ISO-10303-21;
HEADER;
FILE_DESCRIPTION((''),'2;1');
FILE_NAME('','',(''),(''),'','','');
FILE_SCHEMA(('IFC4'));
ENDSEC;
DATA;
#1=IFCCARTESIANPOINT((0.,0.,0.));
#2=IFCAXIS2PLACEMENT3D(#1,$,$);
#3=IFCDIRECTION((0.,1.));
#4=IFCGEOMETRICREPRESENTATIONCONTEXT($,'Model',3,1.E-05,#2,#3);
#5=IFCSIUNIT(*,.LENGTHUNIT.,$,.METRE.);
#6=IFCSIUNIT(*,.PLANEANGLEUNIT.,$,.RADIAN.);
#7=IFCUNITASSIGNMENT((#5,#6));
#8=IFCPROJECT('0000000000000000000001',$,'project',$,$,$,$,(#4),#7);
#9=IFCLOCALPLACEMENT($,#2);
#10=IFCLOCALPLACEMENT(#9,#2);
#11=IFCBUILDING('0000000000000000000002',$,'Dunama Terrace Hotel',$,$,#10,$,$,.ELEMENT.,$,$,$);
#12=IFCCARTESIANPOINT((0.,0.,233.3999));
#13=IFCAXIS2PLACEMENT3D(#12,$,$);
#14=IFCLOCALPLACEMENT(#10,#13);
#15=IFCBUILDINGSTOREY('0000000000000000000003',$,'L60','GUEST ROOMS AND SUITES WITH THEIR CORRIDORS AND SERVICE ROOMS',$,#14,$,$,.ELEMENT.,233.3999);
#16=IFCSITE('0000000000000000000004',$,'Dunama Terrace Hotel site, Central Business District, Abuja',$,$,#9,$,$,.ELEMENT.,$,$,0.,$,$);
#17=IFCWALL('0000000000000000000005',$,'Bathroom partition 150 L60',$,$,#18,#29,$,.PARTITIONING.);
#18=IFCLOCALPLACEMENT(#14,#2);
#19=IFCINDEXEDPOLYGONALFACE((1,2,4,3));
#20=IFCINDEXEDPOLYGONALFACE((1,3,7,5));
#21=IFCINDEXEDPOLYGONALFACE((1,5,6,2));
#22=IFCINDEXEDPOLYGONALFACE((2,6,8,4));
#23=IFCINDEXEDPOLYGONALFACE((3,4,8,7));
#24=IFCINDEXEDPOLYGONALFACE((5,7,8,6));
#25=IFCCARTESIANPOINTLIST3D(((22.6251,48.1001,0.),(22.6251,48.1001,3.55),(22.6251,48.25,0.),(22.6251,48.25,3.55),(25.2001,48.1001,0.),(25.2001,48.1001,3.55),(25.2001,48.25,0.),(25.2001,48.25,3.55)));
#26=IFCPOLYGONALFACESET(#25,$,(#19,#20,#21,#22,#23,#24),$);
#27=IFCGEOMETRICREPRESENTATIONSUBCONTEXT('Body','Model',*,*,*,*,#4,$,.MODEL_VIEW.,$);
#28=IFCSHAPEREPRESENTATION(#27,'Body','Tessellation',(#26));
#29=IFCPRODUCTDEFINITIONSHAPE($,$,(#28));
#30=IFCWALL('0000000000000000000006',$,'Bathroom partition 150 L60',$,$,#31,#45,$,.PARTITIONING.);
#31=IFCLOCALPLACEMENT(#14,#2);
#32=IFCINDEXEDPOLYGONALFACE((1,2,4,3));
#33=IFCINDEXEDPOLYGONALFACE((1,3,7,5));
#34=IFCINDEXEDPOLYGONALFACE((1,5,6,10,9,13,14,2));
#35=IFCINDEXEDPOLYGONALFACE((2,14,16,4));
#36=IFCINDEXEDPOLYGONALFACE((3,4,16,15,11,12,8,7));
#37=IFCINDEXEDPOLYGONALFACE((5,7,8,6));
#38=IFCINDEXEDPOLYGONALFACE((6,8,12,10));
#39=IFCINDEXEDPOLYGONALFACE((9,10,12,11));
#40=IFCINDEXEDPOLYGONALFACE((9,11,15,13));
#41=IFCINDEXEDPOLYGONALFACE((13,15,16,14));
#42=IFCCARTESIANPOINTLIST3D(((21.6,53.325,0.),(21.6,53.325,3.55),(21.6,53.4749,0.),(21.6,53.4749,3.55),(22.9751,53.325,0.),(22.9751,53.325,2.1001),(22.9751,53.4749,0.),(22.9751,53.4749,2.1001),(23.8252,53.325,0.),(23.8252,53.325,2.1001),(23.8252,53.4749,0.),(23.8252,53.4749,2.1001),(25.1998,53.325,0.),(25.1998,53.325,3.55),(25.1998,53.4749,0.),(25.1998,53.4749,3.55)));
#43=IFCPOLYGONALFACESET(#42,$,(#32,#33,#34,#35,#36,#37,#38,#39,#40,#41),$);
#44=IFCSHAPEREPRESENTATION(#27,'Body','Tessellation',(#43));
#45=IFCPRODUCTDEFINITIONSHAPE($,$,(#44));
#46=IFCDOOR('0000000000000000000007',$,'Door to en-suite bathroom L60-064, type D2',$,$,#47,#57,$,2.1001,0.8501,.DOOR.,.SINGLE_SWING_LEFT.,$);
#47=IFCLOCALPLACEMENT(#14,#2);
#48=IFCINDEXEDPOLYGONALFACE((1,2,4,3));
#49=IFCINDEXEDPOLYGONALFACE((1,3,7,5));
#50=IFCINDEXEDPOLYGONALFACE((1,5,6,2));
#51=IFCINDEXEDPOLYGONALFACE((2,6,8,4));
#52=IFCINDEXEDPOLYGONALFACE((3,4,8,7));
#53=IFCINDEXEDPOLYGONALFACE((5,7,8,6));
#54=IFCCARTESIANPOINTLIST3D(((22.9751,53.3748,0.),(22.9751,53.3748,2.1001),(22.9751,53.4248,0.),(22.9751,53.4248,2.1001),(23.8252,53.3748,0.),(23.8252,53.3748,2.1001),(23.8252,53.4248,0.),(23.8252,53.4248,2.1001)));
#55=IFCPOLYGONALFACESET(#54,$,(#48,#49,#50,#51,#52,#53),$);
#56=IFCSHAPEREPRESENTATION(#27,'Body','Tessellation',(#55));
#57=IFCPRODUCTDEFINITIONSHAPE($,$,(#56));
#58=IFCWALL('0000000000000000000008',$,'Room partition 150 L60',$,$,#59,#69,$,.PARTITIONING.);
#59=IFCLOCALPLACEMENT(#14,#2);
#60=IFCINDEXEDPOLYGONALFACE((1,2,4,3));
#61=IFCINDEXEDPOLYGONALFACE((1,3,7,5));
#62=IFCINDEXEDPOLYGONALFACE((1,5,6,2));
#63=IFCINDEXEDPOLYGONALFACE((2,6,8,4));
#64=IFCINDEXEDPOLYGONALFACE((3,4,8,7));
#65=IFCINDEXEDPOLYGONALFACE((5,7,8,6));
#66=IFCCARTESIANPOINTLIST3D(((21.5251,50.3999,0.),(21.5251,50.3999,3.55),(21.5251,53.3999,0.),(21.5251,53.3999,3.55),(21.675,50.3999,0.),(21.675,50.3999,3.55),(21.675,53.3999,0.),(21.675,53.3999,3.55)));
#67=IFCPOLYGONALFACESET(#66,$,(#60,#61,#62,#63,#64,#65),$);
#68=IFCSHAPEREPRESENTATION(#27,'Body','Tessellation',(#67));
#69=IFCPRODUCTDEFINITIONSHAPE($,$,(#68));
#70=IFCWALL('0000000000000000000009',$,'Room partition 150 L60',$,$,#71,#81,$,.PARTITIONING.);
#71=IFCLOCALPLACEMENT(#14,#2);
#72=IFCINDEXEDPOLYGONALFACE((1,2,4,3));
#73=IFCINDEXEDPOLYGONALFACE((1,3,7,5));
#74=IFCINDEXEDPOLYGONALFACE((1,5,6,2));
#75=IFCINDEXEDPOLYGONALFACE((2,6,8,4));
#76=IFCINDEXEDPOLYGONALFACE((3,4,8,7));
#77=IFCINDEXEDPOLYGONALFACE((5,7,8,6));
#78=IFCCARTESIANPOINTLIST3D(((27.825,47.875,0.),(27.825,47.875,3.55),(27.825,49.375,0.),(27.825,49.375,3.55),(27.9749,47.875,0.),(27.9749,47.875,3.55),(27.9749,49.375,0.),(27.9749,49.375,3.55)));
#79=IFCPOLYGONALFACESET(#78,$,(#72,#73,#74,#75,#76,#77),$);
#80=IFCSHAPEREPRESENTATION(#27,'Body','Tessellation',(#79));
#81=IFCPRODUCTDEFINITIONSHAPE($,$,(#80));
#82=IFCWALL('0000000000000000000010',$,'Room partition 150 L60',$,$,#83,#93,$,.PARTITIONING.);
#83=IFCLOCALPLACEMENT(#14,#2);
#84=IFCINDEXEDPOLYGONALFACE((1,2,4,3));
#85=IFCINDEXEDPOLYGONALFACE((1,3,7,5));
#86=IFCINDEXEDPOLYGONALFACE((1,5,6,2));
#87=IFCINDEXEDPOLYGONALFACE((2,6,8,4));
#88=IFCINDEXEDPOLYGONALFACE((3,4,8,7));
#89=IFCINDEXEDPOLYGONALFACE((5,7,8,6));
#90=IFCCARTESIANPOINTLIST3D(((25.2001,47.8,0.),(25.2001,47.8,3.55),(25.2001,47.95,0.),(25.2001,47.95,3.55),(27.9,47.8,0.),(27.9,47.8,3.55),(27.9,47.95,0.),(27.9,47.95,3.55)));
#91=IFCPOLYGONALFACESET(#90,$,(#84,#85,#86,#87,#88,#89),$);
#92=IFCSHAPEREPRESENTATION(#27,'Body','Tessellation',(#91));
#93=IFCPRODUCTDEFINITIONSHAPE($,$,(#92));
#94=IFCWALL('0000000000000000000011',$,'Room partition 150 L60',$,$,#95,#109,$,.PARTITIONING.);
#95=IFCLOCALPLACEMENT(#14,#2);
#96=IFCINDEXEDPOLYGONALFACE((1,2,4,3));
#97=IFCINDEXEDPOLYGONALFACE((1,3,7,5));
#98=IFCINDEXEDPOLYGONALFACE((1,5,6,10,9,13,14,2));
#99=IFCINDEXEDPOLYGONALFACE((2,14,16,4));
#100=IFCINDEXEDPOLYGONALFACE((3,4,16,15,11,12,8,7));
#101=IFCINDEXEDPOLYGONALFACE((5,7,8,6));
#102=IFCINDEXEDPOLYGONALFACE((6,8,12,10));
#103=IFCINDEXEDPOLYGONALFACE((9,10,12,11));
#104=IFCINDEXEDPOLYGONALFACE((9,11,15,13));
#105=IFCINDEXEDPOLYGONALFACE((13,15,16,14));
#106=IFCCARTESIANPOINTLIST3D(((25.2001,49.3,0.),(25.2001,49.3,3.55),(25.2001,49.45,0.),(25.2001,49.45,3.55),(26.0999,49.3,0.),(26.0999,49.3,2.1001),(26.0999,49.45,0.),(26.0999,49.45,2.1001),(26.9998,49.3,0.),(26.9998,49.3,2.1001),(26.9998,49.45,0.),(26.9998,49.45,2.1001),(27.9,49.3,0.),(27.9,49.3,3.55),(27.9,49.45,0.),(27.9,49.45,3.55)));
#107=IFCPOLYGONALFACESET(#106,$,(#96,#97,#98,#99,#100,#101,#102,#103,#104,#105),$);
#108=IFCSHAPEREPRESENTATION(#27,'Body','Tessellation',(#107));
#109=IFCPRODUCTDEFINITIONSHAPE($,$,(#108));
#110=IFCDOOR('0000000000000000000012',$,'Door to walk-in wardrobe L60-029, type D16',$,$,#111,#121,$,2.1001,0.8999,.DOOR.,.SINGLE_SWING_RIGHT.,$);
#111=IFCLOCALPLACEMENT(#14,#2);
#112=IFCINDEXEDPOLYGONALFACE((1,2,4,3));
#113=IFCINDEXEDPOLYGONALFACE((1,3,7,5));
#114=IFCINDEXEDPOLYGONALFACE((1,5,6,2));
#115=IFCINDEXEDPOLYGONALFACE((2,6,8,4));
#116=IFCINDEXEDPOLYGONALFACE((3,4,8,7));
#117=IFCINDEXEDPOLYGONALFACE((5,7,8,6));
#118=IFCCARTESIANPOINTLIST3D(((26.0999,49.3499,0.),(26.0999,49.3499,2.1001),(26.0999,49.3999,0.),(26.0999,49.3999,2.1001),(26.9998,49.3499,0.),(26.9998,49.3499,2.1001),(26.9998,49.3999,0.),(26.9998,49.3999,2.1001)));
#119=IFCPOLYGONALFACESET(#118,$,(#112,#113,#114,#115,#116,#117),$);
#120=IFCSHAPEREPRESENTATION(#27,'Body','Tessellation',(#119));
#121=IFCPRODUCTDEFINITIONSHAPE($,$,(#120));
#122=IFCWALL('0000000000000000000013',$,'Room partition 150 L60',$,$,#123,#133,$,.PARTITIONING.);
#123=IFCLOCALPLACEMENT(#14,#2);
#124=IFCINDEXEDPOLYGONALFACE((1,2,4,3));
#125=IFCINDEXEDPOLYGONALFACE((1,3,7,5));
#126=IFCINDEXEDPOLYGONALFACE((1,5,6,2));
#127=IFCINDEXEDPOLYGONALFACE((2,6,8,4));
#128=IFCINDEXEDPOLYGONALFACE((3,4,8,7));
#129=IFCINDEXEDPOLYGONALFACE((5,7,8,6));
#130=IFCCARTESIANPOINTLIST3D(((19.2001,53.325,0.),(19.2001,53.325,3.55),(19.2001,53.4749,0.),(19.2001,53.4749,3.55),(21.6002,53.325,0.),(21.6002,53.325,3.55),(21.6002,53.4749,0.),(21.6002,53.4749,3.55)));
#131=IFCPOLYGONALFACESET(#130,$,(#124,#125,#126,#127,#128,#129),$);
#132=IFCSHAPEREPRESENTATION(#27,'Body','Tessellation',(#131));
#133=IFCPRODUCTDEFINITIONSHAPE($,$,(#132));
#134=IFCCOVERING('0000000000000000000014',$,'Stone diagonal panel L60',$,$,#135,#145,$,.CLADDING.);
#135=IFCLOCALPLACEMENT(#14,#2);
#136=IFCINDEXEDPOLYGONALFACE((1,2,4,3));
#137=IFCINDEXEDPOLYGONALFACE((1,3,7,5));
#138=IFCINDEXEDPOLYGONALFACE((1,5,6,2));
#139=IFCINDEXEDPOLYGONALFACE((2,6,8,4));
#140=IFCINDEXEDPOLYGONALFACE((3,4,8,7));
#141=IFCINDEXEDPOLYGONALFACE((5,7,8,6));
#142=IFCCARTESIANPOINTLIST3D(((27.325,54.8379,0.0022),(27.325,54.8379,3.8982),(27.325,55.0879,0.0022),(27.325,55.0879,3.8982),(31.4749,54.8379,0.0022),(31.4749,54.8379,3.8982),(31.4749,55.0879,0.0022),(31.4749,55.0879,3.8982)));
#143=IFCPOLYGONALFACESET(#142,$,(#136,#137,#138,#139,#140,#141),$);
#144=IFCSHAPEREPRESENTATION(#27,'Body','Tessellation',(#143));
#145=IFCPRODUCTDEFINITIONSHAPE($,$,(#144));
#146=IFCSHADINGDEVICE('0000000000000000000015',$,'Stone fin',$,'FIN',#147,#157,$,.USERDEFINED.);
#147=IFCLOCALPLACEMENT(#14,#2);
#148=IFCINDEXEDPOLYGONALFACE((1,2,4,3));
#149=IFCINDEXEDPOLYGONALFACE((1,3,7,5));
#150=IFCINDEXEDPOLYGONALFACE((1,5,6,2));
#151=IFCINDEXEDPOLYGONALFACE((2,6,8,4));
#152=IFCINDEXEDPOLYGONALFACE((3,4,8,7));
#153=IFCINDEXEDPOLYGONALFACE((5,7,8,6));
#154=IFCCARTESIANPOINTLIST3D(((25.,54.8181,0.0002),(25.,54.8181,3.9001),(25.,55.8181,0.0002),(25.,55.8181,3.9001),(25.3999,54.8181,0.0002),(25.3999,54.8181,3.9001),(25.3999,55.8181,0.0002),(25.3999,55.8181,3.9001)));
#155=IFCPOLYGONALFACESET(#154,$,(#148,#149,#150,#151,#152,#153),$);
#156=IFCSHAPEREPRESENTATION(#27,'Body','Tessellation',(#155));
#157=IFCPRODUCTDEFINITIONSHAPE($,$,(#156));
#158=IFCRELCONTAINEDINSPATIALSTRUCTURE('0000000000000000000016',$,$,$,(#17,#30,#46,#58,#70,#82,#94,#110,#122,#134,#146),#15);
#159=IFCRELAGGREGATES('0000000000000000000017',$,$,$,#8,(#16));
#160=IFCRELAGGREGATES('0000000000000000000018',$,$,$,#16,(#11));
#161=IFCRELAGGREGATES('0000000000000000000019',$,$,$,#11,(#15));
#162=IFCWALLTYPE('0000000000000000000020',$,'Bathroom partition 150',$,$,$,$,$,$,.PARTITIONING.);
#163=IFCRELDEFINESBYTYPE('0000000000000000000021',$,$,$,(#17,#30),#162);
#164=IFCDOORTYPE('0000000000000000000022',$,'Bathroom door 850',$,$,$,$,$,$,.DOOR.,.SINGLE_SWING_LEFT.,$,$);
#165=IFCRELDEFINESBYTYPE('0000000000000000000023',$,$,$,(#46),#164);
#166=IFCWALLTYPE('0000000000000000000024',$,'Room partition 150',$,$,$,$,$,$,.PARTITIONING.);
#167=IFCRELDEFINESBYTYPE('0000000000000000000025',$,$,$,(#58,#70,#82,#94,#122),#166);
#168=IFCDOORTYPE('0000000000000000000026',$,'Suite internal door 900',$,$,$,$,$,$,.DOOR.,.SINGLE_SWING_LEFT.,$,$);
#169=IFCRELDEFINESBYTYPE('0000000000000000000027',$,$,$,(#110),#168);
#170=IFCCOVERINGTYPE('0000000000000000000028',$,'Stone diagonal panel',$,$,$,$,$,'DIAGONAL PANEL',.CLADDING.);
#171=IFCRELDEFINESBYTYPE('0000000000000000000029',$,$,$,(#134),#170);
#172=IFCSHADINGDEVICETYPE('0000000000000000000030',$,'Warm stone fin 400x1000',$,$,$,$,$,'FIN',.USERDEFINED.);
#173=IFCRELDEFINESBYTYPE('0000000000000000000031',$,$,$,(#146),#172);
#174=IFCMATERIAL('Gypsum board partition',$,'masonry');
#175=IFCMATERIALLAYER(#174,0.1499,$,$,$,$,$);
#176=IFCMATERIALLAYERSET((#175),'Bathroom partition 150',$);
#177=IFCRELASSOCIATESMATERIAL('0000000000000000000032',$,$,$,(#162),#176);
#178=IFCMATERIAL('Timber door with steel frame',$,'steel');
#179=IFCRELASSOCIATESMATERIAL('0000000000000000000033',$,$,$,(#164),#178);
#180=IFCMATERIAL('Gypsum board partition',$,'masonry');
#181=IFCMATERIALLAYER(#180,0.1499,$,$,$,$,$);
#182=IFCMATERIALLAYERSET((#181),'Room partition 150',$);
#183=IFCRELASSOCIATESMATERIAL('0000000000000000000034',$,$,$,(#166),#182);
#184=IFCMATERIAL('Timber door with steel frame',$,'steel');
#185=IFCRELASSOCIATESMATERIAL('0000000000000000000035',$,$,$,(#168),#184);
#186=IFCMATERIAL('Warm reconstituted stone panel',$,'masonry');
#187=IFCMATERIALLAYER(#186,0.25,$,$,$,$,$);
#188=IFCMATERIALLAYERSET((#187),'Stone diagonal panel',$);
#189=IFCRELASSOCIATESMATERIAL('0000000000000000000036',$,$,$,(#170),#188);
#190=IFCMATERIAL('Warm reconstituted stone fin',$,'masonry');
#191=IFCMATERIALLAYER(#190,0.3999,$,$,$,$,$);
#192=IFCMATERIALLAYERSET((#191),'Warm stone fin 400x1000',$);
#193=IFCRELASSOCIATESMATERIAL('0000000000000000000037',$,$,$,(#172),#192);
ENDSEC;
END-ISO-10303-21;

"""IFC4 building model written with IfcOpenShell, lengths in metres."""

from ifc_helpers import new_model, si_unit, direction, frame, frame_2d, origin, origin_2d, place, context, subcontext, project, spatial, rectangle, extrude, material, layer, layer_set, type_object, element, fill, save


model = new_model("IFC4")

# Units and contexts
model_context = context("Model", 3, precision=1e-05, world=origin(), true_north=direction((0.0, 1.0)))
body_context = subcontext(model_context, "Body", "Model", "MODEL_VIEW")
ifc_project = project(units=[si_unit("LENGTHUNIT", "METRE"), si_unit("PLANEANGLEUNIT", "RADIAN")], contexts=[model_context])

# Site, building, storey
site_placement = place(None, origin())
site = spatial("IfcSite", under=ifc_project, at=site_placement, Name="Dunama Terrace Hotel site, Central Business District, Abuja", CompositionType="ELEMENT", RefElevation=0.0)
building_placement = place(site_placement, origin())
building = spatial("IfcBuilding", under=site, at=building_placement, Name="Dunama Terrace Hotel", CompositionType="ELEMENT")
storey_placement = place(building_placement, frame((0.0, 0.0, 233.3999)))
storey = spatial("IfcBuildingStorey", under=building, at=storey_placement, Name="L60", Description="GUEST ROOMS AND SUITES WITH THEIR CORRIDORS AND SERVICE ROOMS", CompositionType="ELEMENT", Elevation=233.3999)

# Wall
ifc_material_1 = material(Name="Gypsum board partition", Category="masonry")
ifc_layer_1 = layer(ifc_material_1, 0.1499)
ifc_layer_set_1 = layer_set([ifc_layer_1], Name="Bathroom partition 150")
wall_type_1 = type_object("IfcWallType", Name="Bathroom partition 150", PredefinedType="PARTITIONING", material=ifc_layer_set_1)
wall_1_placement = place(storey_placement, frame((22.625, 48.175, 0.0), z_axis=(0.0, 0.0, 1.0), x_axis=(1.0, 0.0, 0.0)))
element("IfcWall", 1, at=wall_1_placement, inside=storey, type_object=wall_type_1, Name="Bathroom partition 150 L60", PredefinedType="PARTITIONING", context=body_context, shape_type="SweptSolid", body=[
    extrude(rectangle(XDim=2.575, YDim=0.1499, at=frame_2d((1.2876, 0.0))), origin(), (0.0, 0.0, 1.0), 3.55),
])

# Wall, opening, door
wall_2_placement = place(storey_placement, frame((21.6001, 53.3999, 0.0), z_axis=(0.0, 0.0, 1.0), x_axis=(1.0, 0.0, 0.0)))
wall_2 = element("IfcWall", 2, at=wall_2_placement, inside=storey, type_object=wall_type_1, Name="Bathroom partition 150 L60", PredefinedType="PARTITIONING", context=body_context, shape_type="SweptSolid", body=[
    extrude(rectangle(XDim=3.5999, YDim=0.1499, at=frame_2d((1.7998, 0.0))), origin(), (0.0, 0.0, 1.0), 3.55),
])
opening_1_placement = place(wall_2_placement, frame((1.375, 0.0, 0.0)))
opening_1 = element("IfcOpeningElement", 3, at=opening_1_placement, cuts=wall_2, PredefinedType="OPENING", context=body_context, shape_type="SweptSolid", body=[
    extrude(rectangle(XDim=0.8501, YDim=2.1001, at=frame_2d((0.425, 1.05))), frame((0.0, 0.085, 0.0), z_axis=(0.0, -1.0, 0.0), x_axis=(1.0, 0.0, 0.0)), (0.0, 0.0, 1.0), 0.1699),
])
ifc_material_2 = material(Name="Timber door with steel frame", Category="steel")
door_type_1 = type_object("IfcDoorType", Name="Bathroom door 850", OperationType="SINGLE_SWING_LEFT", PredefinedType="DOOR", material=ifc_material_2)
door_1_placement = place(opening_1_placement, frame((0.8501, 0.0, 0.0), z_axis=(0.0, 0.0, 1.0), x_axis=(-1.0, 0.0, 0.0)))
door_1 = element("IfcDoor", 4, at=door_1_placement, inside=storey, type_object=door_type_1, Name="Door to en-suite bathroom L60-064, type D2", OperationType="SINGLE_SWING_LEFT", OverallHeight=2.1001, OverallWidth=0.8501, PredefinedType="DOOR", context=body_context, shape_type="SweptSolid", body=[
    extrude(rectangle(XDim=0.8501, YDim=2.1001, at=frame_2d((0.425, 1.05))), frame((0.0, 0.0251, 0.0), z_axis=(0.0, -1.0, 0.0), x_axis=(1.0, 0.0, 0.0)), (0.0, 0.0, 1.0), 0.05),
])
fill(opening_1, door_1)

# Walls
ifc_material_3 = material(Name="Gypsum board partition", Category="masonry")
ifc_layer_2 = layer(ifc_material_3, 0.1499)
ifc_layer_set_2 = layer_set([ifc_layer_2], Name="Room partition 150")
wall_type_2 = type_object("IfcWallType", Name="Room partition 150", PredefinedType="PARTITIONING", material=ifc_layer_set_2)
wall_3_placement = place(storey_placement, frame((21.6001, 50.3999, 0.0), z_axis=(0.0, 0.0, 1.0), x_axis=(0.0, 1.0, 0.0)))
element("IfcWall", 5, at=wall_3_placement, inside=storey, type_object=wall_type_2, Name="Room partition 150 L60", PredefinedType="PARTITIONING", context=body_context, shape_type="SweptSolid", body=[
    extrude(rectangle(XDim=3.0, YDim=0.1499, at=frame_2d((1.5, 0.0))), origin(), (0.0, 0.0, 1.0), 3.55),
])
wall_4_placement = place(storey_placement, frame((27.8999, 47.875, 0.0), z_axis=(0.0, 0.0, 1.0), x_axis=(0.0, 1.0, 0.0)))
element("IfcWall", 6, at=wall_4_placement, inside=storey, type_object=wall_type_2, Name="Room partition 150 L60", PredefinedType="PARTITIONING", context=body_context, shape_type="SweptSolid", body=[
    extrude(rectangle(XDim=1.5, YDim=0.1499, at=frame_2d((0.75, 0.0))), origin(), (0.0, 0.0, 1.0), 3.55),
])
wall_5_placement = place(storey_placement, frame((25.2, 47.875, 0.0), z_axis=(0.0, 0.0, 1.0), x_axis=(1.0, 0.0, 0.0)))
element("IfcWall", 7, at=wall_5_placement, inside=storey, type_object=wall_type_2, Name="Room partition 150 L60", PredefinedType="PARTITIONING", context=body_context, shape_type="SweptSolid", body=[
    extrude(rectangle(XDim=2.7, YDim=0.1499, at=frame_2d((1.3501, 0.0))), origin(), (0.0, 0.0, 1.0), 3.55),
])

# Wall, opening, door
wall_6_placement = place(storey_placement, frame((25.2, 49.375, 0.0), z_axis=(0.0, 0.0, 1.0), x_axis=(1.0, 0.0, 0.0)))
wall_6 = element("IfcWall", 8, at=wall_6_placement, inside=storey, type_object=wall_type_2, Name="Room partition 150 L60", PredefinedType="PARTITIONING", context=body_context, shape_type="SweptSolid", body=[
    extrude(rectangle(XDim=2.7, YDim=0.1499, at=frame_2d((1.3501, 0.0))), origin(), (0.0, 0.0, 1.0), 3.55),
])
opening_2_placement = place(wall_6_placement, frame((0.8999, 0.0, 0.0)))
opening_2 = element("IfcOpeningElement", 9, at=opening_2_placement, cuts=wall_6, PredefinedType="OPENING", context=body_context, shape_type="SweptSolid", body=[
    extrude(rectangle(XDim=0.8999, YDim=2.1001, at=frame_2d((0.45, 1.05))), frame((0.0, 0.085, 0.0), z_axis=(0.0, -1.0, 0.0), x_axis=(1.0, 0.0, 0.0)), (0.0, 0.0, 1.0), 0.1699),
])
ifc_material_4 = material(Name="Timber door with steel frame", Category="steel")
door_type_2 = type_object("IfcDoorType", Name="Suite internal door 900", OperationType="SINGLE_SWING_LEFT", PredefinedType="DOOR", material=ifc_material_4)
door_2_placement = place(opening_2_placement, frame((0.8999, 0.0, 0.0), z_axis=(0.0, 0.0, 1.0), x_axis=(-1.0, 0.0, 0.0)))
door_2 = element("IfcDoor", 10, at=door_2_placement, inside=storey, type_object=door_type_2, Name="Door to walk-in wardrobe L60-029, type D16", OperationType="SINGLE_SWING_RIGHT", OverallHeight=2.1001, OverallWidth=0.8999, PredefinedType="DOOR", context=body_context, shape_type="SweptSolid", body=[
    extrude(rectangle(XDim=0.8999, YDim=2.1001, at=frame_2d((0.45, 1.05))), frame((0.0, 0.0251, 0.0), z_axis=(0.0, -1.0, 0.0), x_axis=(1.0, 0.0, 0.0)), (0.0, 0.0, 1.0), 0.05),
])
fill(opening_2, door_2)

# Wall
wall_7_placement = place(storey_placement, frame((19.2, 53.3999, 0.0), z_axis=(0.0, 0.0, 1.0), x_axis=(1.0, 0.0, 0.0)))
element("IfcWall", 11, at=wall_7_placement, inside=storey, type_object=wall_type_2, Name="Room partition 150 L60", PredefinedType="PARTITIONING", context=body_context, shape_type="SweptSolid", body=[
    extrude(rectangle(XDim=2.4001, YDim=0.1499, at=frame_2d((1.2002, 0.0))), origin(), (0.0, 0.0, 1.0), 3.55),
])

# Covering
ifc_material_5 = material(Name="Warm reconstituted stone panel", Category="masonry")
ifc_layer_3 = layer(ifc_material_5, 0.25)
ifc_layer_set_3 = layer_set([ifc_layer_3], Name="Stone diagonal panel")
covering_type = type_object("IfcCoveringType", Name="Stone diagonal panel", ElementType="DIAGONAL PANEL", PredefinedType="CLADDING", material=ifc_layer_set_3)
covering_placement = place(storey_placement, frame((29.3999, 54.9629, 0.0022), z_axis=(0.0, 0.0, 1.0), x_axis=(-1.0, 0.0, 0.0)))
element("IfcCovering", 12, at=covering_placement, inside=storey, type_object=covering_type, Name="Stone diagonal panel L60", PredefinedType="CLADDING", context=body_context, shape_type="SweptSolid", body=[
    extrude(rectangle(XDim=4.1499, YDim=0.25, at=origin_2d()), origin(), (0.0, 0.0, 1.0), 3.896),
])

# Shading device
ifc_material_6 = material(Name="Warm reconstituted stone fin", Category="masonry")
ifc_layer_4 = layer(ifc_material_6, 0.3999)
ifc_layer_set_4 = layer_set([ifc_layer_4], Name="Warm stone fin 400x1000")
shading_device_type = type_object("IfcShadingDeviceType", Name="Warm stone fin 400x1000", ElementType="FIN", PredefinedType="USERDEFINED", material=ifc_layer_set_4)
shading_device_placement = place(storey_placement, frame((25.2, 55.3181, 0.0002), z_axis=(0.0, 0.0, 1.0), x_axis=(-1.0, 0.0, 0.0)))
element("IfcShadingDevice", 13, at=shading_device_placement, inside=storey, type_object=shading_device_type, Name="Stone fin", ObjectType="FIN", PredefinedType="USERDEFINED", context=body_context, shape_type="SweptSolid", body=[
    extrude(rectangle(XDim=0.3999, YDim=1.0, at=origin_2d()), origin(), (0.0, 0.0, 1.0), 3.8999),
])

save(model, "model.ifc")
